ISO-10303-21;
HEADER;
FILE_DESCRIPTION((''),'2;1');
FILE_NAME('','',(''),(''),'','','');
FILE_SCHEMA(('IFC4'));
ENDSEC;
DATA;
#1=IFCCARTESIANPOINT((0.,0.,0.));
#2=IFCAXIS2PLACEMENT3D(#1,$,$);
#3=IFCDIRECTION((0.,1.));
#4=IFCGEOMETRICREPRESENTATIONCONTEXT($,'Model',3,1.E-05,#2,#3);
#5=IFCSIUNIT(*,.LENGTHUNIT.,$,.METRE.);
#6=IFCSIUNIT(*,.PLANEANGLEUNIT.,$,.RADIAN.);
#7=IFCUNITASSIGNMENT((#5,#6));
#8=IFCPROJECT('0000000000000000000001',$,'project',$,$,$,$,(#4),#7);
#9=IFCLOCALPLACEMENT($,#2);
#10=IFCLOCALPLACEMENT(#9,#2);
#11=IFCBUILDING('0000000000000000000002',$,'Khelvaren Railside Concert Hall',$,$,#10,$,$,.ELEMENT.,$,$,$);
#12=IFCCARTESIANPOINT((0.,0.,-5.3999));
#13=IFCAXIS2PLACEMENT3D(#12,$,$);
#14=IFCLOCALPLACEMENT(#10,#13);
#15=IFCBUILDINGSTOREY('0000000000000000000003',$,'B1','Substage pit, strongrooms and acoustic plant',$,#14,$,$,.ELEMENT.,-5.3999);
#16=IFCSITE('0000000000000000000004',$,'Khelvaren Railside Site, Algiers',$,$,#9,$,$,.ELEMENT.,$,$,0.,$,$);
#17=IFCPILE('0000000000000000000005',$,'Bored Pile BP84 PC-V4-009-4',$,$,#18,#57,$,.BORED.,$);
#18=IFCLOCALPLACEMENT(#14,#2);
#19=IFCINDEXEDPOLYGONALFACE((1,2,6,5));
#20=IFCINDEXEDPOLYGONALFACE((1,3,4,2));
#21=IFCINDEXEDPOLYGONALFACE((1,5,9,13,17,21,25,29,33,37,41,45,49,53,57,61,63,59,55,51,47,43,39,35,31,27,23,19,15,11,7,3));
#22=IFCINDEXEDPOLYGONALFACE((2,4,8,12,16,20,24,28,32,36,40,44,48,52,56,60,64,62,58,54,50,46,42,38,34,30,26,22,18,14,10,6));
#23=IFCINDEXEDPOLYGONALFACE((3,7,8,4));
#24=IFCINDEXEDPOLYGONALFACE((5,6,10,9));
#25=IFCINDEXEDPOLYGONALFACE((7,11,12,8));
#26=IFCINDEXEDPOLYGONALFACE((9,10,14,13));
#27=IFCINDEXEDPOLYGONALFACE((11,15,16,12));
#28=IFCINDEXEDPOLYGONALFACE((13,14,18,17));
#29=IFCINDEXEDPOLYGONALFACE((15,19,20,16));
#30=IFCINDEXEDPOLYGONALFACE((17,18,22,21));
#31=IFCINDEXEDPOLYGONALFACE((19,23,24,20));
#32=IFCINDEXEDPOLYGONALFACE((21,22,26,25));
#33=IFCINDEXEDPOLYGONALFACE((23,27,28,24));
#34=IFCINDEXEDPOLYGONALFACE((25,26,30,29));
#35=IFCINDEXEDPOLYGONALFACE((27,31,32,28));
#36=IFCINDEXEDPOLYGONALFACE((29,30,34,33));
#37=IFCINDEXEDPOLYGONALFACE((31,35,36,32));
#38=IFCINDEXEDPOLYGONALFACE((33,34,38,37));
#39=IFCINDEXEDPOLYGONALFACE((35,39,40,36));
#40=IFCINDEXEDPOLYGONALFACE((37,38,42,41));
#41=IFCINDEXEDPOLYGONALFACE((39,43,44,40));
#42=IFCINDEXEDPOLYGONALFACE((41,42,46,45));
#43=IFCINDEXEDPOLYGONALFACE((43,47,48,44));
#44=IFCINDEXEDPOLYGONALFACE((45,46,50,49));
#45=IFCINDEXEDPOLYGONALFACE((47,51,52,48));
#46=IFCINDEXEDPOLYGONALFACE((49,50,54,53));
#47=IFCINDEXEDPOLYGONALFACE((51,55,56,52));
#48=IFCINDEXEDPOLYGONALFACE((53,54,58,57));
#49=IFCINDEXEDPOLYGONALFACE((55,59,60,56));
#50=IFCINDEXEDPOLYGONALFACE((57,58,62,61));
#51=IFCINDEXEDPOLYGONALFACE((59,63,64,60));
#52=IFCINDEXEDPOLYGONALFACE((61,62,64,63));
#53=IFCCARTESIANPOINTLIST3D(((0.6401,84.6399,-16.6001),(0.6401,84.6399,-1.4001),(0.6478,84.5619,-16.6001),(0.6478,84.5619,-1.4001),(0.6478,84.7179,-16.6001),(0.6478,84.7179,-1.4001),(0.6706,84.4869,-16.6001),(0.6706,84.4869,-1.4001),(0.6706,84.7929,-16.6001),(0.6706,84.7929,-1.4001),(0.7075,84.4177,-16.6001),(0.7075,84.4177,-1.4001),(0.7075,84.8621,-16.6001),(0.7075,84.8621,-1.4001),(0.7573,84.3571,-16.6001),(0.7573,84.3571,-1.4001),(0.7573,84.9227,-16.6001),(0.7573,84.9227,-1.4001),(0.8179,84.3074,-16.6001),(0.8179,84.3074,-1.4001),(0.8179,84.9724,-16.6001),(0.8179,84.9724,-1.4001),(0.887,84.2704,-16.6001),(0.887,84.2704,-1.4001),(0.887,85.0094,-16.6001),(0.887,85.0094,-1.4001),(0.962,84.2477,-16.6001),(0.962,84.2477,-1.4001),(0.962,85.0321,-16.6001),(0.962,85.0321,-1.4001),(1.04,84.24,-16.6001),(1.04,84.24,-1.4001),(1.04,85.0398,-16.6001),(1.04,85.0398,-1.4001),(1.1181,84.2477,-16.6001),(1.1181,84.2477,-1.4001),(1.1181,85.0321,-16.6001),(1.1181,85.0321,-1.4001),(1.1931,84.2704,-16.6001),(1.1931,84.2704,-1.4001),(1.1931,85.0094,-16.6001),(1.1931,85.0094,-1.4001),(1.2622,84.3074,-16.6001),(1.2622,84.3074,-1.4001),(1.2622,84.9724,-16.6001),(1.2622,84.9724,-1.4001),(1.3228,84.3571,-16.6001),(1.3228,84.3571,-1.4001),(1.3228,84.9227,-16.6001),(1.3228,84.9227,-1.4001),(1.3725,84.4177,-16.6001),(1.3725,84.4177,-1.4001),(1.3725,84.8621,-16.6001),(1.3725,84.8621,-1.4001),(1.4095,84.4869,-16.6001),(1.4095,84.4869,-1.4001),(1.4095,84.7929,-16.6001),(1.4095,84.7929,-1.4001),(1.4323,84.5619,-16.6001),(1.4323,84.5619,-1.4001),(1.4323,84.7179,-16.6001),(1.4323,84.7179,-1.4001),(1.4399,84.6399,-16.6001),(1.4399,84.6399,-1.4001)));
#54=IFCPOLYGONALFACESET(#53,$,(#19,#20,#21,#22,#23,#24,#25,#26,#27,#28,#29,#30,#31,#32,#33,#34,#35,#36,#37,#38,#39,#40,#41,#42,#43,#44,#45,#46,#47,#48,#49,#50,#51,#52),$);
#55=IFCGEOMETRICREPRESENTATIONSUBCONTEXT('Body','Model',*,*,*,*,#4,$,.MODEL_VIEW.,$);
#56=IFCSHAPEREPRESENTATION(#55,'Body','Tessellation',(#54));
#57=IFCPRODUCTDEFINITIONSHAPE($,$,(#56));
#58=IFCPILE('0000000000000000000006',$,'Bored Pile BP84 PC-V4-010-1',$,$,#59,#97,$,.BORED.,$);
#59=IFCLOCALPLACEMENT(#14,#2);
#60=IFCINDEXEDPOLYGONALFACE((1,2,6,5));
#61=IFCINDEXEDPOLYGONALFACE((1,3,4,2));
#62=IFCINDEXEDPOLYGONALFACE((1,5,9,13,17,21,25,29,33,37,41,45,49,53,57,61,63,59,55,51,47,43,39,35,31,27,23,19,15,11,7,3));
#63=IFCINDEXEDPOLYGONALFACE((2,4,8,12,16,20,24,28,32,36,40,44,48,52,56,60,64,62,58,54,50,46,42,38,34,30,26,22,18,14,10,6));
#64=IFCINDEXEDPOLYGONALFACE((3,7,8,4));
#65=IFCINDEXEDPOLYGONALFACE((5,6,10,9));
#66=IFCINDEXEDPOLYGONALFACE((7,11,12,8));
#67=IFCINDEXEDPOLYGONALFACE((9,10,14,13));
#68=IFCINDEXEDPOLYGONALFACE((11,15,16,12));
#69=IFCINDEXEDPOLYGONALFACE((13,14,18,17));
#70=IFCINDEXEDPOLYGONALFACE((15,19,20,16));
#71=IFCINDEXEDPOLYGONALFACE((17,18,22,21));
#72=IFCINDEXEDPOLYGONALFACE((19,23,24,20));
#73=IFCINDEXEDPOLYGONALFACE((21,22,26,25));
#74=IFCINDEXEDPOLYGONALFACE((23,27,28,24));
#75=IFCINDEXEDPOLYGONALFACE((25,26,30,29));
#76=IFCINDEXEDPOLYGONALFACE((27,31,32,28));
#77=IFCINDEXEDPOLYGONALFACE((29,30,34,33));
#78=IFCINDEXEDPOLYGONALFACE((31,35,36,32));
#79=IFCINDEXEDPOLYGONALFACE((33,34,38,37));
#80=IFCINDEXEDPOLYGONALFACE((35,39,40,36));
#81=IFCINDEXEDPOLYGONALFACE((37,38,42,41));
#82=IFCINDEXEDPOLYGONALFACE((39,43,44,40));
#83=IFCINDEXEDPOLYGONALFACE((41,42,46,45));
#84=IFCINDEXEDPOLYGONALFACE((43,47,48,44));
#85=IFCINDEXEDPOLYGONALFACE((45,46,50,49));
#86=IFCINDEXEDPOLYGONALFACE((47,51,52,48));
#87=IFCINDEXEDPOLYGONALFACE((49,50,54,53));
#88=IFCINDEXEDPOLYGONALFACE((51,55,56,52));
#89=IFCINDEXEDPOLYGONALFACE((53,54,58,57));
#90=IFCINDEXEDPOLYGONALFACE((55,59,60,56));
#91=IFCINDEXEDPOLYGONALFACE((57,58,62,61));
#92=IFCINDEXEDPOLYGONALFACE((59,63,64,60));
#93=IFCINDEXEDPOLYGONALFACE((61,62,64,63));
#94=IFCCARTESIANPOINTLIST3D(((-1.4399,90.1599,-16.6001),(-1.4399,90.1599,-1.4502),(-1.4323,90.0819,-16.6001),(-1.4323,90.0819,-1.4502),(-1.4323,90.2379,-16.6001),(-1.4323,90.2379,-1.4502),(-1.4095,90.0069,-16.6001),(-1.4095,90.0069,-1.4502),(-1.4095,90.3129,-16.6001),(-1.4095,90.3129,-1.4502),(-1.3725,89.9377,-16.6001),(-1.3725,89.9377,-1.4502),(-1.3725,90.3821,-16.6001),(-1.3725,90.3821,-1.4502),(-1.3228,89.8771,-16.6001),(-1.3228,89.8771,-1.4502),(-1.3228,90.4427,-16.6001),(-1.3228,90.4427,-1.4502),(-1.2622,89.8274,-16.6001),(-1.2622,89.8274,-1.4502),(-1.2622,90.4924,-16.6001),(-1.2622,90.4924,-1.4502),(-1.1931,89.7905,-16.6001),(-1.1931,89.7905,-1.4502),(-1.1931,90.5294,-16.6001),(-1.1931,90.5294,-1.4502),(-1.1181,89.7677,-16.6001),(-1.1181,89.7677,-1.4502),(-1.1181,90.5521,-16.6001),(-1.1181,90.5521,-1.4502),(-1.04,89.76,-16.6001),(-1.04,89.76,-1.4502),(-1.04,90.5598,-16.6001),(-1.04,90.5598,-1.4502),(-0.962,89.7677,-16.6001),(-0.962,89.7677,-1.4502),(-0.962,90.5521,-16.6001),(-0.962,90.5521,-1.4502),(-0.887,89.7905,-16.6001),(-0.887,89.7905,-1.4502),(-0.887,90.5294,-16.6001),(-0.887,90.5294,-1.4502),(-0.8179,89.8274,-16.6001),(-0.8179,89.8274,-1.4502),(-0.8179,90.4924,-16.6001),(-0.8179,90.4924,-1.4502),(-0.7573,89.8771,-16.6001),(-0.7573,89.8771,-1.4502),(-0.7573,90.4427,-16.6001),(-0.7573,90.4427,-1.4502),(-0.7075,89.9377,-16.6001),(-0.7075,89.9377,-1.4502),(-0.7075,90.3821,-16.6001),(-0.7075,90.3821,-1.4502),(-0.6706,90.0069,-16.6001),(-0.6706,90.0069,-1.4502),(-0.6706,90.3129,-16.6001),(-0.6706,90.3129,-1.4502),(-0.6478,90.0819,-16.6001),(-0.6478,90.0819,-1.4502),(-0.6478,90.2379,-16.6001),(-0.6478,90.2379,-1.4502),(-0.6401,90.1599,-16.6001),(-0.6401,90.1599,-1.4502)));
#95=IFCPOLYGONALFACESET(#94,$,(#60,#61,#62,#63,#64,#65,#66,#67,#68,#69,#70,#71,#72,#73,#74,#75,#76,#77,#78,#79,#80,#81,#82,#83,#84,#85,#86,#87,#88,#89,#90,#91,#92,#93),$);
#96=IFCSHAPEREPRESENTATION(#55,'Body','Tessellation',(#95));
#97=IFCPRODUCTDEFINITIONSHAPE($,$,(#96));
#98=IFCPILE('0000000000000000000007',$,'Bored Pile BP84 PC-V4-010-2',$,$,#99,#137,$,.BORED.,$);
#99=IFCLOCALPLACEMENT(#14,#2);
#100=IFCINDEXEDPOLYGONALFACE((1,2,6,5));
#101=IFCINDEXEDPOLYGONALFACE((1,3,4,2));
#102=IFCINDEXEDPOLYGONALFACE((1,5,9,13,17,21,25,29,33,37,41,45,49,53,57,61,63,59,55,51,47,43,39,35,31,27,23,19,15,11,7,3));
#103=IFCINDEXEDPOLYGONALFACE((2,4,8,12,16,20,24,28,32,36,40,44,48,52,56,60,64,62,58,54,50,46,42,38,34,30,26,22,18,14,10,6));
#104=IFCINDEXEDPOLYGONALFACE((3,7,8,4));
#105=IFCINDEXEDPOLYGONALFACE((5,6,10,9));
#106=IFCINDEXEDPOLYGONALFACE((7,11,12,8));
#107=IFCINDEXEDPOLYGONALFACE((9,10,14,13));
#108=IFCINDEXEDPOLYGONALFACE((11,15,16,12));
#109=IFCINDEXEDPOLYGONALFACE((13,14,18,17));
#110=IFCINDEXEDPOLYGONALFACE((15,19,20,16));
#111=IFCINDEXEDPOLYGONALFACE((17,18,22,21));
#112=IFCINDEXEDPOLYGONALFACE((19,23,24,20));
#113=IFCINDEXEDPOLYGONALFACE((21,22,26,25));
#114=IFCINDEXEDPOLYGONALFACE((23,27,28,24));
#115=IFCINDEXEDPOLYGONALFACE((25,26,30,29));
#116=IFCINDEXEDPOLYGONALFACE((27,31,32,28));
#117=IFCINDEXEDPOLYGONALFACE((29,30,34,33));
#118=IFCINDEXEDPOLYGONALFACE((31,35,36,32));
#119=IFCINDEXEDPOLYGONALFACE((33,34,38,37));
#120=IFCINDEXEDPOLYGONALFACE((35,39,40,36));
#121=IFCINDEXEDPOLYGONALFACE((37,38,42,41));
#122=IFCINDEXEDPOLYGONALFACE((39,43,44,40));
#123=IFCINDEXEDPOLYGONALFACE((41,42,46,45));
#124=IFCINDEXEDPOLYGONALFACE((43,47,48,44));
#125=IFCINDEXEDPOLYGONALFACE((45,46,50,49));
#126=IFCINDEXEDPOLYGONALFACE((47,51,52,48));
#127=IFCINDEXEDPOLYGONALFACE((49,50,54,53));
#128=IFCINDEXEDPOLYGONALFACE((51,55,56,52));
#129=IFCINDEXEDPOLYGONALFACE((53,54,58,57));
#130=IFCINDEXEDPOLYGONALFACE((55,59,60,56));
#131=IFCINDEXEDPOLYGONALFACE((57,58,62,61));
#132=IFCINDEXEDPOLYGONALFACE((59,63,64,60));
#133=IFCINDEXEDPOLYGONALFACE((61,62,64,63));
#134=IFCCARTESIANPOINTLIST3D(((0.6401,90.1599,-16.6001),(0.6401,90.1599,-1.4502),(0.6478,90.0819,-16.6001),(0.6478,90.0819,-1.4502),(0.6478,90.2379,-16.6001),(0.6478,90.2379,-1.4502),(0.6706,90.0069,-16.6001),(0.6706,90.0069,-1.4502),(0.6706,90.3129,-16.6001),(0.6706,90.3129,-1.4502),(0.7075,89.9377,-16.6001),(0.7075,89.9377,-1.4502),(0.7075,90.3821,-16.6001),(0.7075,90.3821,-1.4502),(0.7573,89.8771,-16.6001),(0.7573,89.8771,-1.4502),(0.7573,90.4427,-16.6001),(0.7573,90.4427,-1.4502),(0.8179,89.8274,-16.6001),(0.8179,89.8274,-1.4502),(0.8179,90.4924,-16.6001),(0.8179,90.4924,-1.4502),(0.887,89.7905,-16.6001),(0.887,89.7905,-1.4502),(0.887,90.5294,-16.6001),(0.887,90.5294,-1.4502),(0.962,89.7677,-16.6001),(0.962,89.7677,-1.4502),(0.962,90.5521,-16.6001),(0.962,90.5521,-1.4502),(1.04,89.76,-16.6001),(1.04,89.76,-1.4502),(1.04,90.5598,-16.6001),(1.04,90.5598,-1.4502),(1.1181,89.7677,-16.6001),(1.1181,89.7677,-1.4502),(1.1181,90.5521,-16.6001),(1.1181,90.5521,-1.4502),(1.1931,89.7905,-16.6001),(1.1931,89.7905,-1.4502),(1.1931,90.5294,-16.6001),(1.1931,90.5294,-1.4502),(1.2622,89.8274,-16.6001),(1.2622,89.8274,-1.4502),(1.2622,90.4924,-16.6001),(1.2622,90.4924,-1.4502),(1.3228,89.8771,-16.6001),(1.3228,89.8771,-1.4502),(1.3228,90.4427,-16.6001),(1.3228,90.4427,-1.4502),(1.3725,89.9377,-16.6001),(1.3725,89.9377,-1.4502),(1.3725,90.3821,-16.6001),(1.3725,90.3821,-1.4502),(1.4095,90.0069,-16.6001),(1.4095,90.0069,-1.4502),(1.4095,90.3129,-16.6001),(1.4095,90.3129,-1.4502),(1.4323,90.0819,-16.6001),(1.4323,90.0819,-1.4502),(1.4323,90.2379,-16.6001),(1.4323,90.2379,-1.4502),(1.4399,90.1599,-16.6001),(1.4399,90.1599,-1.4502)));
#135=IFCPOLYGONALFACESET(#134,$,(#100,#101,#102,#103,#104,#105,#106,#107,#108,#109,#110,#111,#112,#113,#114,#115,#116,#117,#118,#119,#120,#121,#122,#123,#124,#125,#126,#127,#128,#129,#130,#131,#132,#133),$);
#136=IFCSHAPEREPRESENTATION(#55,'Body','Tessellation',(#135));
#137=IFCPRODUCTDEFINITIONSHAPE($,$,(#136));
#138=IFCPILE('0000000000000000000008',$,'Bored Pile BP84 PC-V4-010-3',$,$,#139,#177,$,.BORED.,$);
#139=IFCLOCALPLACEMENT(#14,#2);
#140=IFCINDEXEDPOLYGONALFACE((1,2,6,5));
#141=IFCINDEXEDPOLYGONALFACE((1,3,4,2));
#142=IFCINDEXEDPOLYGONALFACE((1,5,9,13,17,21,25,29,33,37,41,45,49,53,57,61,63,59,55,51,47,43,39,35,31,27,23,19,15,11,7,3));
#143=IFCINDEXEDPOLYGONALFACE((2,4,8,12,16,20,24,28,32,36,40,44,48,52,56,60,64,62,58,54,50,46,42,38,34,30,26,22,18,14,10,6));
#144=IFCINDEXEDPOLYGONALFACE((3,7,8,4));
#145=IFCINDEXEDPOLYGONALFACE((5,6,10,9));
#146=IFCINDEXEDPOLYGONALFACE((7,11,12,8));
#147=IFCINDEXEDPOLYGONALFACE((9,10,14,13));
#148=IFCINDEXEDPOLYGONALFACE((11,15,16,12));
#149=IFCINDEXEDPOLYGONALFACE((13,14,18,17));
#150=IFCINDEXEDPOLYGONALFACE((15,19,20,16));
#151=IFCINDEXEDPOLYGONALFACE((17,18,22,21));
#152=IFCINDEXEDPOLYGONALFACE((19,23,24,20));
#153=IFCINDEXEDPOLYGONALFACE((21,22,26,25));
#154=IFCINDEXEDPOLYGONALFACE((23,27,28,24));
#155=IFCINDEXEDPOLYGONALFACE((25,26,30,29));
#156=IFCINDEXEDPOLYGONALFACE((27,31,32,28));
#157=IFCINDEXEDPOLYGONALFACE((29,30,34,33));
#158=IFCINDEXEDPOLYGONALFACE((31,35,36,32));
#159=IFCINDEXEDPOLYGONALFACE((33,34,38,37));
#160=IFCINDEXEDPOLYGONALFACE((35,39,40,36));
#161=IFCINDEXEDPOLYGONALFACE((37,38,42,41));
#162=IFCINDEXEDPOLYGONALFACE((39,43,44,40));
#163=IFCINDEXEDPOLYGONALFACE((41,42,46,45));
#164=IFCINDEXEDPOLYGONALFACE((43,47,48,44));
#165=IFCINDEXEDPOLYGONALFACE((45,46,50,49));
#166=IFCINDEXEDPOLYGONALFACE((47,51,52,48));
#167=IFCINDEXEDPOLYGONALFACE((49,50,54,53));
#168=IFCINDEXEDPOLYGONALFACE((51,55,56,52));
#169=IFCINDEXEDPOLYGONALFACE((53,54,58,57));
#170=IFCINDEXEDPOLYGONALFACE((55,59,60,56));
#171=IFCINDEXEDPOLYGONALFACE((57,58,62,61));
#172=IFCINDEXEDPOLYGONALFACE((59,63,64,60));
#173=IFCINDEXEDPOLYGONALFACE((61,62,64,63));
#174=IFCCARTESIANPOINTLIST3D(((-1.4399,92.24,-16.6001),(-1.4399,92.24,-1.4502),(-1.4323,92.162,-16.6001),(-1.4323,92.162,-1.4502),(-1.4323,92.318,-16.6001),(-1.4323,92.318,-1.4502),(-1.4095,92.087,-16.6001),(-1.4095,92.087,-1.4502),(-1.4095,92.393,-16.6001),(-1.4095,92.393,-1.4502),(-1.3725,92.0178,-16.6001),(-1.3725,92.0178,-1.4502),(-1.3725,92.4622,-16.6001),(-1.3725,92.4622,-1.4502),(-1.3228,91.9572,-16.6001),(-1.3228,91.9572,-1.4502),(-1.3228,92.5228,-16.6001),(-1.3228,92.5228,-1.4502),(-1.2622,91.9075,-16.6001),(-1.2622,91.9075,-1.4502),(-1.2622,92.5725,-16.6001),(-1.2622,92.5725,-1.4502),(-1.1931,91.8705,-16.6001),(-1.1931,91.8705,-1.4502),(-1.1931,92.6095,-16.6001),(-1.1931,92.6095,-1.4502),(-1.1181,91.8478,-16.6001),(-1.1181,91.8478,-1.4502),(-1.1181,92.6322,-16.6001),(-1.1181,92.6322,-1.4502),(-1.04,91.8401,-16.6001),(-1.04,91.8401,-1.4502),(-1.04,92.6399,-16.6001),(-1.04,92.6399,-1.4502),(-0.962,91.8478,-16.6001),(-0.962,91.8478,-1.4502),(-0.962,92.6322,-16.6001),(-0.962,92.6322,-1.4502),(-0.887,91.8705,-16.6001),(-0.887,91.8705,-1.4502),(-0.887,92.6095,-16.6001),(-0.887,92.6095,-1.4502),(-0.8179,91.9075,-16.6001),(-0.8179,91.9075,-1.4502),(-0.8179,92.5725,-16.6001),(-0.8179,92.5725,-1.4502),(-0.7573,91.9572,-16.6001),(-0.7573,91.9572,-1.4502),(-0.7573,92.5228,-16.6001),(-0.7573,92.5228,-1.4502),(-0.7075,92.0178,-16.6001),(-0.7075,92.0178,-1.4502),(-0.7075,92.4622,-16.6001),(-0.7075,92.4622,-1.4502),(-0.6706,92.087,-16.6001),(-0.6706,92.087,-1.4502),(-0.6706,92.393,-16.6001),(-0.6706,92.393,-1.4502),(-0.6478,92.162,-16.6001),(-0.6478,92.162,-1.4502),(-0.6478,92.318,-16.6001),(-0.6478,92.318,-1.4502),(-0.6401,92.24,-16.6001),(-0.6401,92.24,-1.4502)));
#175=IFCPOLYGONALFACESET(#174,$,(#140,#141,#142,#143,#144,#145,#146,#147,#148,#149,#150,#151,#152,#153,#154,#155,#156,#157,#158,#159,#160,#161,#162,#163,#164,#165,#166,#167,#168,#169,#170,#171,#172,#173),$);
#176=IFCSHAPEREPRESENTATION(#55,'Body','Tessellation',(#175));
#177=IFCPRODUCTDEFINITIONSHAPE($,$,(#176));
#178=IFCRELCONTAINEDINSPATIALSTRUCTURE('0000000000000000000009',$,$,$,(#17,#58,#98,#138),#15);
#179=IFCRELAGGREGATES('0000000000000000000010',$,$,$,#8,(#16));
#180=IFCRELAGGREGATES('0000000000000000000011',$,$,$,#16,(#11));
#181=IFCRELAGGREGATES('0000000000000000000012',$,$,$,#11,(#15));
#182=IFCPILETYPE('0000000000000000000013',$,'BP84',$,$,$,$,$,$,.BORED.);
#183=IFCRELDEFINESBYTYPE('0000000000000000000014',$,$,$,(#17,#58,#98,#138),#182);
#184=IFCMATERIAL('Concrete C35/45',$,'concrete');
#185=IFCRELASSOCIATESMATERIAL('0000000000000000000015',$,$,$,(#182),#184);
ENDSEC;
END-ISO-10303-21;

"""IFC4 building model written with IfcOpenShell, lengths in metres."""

from ifc_helpers import new_model, si_unit, direction, frame, origin, origin_2d, place, context, subcontext, project, spatial, circle, extrude, material, material_profile, profile_set, type_object, element, save


model = new_model("IFC4")

# Units and contexts
model_context = context("Model", 3, precision=1e-05, world=origin(), true_north=direction((0.0, 1.0)))
body_context = subcontext(model_context, "Body", "Model", "MODEL_VIEW")
ifc_project = project(units=[si_unit("LENGTHUNIT", "METRE"), si_unit("PLANEANGLEUNIT", "RADIAN")], contexts=[model_context])

# Site, building, storey
site_placement = place(None, origin())
site = spatial("IfcSite", under=ifc_project, at=site_placement, Name="Khelvaren Railside Site, Algiers", CompositionType="ELEMENT", RefElevation=0.0)
building_placement = place(site_placement, origin())
building = spatial("IfcBuilding", under=site, at=building_placement, Name="Khelvaren Railside Concert Hall", CompositionType="ELEMENT")
storey_placement = place(building_placement, frame((0.0, 0.0, -5.3999)))
storey = spatial("IfcBuildingStorey", under=building, at=storey_placement, Name="B1", Description="Substage pit, strongrooms and acoustic plant", CompositionType="ELEMENT", Elevation=-5.3999)

# Piles
ifc_material_1 = material(Name="Concrete C35/45", Category="concrete")
ifc_material_profile_1 = material_profile(ifc_material_1, circle(Radius=0.3999, at=origin_2d()), Name="BP D800")
ifc_profile_set_1 = profile_set([ifc_material_profile_1], Name="Concrete C35/45")
pile_type_1 = type_object("IfcPileType", Name="BP84", PredefinedType="BORED", material=ifc_profile_set_1)
for number, where, z_axis, x_axis, name in (
    (1, (1.04, 84.6399, -1.4001), (0.0, 0.0, -1.0), (1.0, 0.0, 0.0), "Bored Pile BP84 PC-V4-009-4"),
):
    element("IfcPile", number, at=place(storey_placement, frame(where, z_axis=z_axis, x_axis=x_axis)), inside=storey, type_object=pile_type_1, Name=name, PredefinedType="BORED", context=body_context, shape_type="SweptSolid", body=[
        extrude(circle(Radius=0.3999, at=origin_2d()), origin(), (0.0, 0.0, 1.0), 15.2),
    ])
for number, where, z_axis, x_axis, name in (
    (2, (-1.04, 90.1599, -1.4502), (0.0, 0.0, -1.0), (1.0, 0.0, 0.0), "Bored Pile BP84 PC-V4-010-1"),
    (3, (1.04, 90.1599, -1.4502), (0.0, 0.0, -1.0), (1.0, 0.0, 0.0), "Bored Pile BP84 PC-V4-010-2"),
    (4, (-1.04, 92.24, -1.4502), (0.0, 0.0, -1.0), (1.0, 0.0, 0.0), "Bored Pile BP84 PC-V4-010-3"),
):
    element("IfcPile", number, at=place(storey_placement, frame(where, z_axis=z_axis, x_axis=x_axis)), inside=storey, type_object=pile_type_1, Name=name, PredefinedType="BORED", context=body_context, shape_type="SweptSolid", body=[
        extrude(circle(Radius=0.3999, at=origin_2d()), origin(), (0.0, 0.0, 1.0), 15.1499),
    ])

save(model, "model.ifc")
